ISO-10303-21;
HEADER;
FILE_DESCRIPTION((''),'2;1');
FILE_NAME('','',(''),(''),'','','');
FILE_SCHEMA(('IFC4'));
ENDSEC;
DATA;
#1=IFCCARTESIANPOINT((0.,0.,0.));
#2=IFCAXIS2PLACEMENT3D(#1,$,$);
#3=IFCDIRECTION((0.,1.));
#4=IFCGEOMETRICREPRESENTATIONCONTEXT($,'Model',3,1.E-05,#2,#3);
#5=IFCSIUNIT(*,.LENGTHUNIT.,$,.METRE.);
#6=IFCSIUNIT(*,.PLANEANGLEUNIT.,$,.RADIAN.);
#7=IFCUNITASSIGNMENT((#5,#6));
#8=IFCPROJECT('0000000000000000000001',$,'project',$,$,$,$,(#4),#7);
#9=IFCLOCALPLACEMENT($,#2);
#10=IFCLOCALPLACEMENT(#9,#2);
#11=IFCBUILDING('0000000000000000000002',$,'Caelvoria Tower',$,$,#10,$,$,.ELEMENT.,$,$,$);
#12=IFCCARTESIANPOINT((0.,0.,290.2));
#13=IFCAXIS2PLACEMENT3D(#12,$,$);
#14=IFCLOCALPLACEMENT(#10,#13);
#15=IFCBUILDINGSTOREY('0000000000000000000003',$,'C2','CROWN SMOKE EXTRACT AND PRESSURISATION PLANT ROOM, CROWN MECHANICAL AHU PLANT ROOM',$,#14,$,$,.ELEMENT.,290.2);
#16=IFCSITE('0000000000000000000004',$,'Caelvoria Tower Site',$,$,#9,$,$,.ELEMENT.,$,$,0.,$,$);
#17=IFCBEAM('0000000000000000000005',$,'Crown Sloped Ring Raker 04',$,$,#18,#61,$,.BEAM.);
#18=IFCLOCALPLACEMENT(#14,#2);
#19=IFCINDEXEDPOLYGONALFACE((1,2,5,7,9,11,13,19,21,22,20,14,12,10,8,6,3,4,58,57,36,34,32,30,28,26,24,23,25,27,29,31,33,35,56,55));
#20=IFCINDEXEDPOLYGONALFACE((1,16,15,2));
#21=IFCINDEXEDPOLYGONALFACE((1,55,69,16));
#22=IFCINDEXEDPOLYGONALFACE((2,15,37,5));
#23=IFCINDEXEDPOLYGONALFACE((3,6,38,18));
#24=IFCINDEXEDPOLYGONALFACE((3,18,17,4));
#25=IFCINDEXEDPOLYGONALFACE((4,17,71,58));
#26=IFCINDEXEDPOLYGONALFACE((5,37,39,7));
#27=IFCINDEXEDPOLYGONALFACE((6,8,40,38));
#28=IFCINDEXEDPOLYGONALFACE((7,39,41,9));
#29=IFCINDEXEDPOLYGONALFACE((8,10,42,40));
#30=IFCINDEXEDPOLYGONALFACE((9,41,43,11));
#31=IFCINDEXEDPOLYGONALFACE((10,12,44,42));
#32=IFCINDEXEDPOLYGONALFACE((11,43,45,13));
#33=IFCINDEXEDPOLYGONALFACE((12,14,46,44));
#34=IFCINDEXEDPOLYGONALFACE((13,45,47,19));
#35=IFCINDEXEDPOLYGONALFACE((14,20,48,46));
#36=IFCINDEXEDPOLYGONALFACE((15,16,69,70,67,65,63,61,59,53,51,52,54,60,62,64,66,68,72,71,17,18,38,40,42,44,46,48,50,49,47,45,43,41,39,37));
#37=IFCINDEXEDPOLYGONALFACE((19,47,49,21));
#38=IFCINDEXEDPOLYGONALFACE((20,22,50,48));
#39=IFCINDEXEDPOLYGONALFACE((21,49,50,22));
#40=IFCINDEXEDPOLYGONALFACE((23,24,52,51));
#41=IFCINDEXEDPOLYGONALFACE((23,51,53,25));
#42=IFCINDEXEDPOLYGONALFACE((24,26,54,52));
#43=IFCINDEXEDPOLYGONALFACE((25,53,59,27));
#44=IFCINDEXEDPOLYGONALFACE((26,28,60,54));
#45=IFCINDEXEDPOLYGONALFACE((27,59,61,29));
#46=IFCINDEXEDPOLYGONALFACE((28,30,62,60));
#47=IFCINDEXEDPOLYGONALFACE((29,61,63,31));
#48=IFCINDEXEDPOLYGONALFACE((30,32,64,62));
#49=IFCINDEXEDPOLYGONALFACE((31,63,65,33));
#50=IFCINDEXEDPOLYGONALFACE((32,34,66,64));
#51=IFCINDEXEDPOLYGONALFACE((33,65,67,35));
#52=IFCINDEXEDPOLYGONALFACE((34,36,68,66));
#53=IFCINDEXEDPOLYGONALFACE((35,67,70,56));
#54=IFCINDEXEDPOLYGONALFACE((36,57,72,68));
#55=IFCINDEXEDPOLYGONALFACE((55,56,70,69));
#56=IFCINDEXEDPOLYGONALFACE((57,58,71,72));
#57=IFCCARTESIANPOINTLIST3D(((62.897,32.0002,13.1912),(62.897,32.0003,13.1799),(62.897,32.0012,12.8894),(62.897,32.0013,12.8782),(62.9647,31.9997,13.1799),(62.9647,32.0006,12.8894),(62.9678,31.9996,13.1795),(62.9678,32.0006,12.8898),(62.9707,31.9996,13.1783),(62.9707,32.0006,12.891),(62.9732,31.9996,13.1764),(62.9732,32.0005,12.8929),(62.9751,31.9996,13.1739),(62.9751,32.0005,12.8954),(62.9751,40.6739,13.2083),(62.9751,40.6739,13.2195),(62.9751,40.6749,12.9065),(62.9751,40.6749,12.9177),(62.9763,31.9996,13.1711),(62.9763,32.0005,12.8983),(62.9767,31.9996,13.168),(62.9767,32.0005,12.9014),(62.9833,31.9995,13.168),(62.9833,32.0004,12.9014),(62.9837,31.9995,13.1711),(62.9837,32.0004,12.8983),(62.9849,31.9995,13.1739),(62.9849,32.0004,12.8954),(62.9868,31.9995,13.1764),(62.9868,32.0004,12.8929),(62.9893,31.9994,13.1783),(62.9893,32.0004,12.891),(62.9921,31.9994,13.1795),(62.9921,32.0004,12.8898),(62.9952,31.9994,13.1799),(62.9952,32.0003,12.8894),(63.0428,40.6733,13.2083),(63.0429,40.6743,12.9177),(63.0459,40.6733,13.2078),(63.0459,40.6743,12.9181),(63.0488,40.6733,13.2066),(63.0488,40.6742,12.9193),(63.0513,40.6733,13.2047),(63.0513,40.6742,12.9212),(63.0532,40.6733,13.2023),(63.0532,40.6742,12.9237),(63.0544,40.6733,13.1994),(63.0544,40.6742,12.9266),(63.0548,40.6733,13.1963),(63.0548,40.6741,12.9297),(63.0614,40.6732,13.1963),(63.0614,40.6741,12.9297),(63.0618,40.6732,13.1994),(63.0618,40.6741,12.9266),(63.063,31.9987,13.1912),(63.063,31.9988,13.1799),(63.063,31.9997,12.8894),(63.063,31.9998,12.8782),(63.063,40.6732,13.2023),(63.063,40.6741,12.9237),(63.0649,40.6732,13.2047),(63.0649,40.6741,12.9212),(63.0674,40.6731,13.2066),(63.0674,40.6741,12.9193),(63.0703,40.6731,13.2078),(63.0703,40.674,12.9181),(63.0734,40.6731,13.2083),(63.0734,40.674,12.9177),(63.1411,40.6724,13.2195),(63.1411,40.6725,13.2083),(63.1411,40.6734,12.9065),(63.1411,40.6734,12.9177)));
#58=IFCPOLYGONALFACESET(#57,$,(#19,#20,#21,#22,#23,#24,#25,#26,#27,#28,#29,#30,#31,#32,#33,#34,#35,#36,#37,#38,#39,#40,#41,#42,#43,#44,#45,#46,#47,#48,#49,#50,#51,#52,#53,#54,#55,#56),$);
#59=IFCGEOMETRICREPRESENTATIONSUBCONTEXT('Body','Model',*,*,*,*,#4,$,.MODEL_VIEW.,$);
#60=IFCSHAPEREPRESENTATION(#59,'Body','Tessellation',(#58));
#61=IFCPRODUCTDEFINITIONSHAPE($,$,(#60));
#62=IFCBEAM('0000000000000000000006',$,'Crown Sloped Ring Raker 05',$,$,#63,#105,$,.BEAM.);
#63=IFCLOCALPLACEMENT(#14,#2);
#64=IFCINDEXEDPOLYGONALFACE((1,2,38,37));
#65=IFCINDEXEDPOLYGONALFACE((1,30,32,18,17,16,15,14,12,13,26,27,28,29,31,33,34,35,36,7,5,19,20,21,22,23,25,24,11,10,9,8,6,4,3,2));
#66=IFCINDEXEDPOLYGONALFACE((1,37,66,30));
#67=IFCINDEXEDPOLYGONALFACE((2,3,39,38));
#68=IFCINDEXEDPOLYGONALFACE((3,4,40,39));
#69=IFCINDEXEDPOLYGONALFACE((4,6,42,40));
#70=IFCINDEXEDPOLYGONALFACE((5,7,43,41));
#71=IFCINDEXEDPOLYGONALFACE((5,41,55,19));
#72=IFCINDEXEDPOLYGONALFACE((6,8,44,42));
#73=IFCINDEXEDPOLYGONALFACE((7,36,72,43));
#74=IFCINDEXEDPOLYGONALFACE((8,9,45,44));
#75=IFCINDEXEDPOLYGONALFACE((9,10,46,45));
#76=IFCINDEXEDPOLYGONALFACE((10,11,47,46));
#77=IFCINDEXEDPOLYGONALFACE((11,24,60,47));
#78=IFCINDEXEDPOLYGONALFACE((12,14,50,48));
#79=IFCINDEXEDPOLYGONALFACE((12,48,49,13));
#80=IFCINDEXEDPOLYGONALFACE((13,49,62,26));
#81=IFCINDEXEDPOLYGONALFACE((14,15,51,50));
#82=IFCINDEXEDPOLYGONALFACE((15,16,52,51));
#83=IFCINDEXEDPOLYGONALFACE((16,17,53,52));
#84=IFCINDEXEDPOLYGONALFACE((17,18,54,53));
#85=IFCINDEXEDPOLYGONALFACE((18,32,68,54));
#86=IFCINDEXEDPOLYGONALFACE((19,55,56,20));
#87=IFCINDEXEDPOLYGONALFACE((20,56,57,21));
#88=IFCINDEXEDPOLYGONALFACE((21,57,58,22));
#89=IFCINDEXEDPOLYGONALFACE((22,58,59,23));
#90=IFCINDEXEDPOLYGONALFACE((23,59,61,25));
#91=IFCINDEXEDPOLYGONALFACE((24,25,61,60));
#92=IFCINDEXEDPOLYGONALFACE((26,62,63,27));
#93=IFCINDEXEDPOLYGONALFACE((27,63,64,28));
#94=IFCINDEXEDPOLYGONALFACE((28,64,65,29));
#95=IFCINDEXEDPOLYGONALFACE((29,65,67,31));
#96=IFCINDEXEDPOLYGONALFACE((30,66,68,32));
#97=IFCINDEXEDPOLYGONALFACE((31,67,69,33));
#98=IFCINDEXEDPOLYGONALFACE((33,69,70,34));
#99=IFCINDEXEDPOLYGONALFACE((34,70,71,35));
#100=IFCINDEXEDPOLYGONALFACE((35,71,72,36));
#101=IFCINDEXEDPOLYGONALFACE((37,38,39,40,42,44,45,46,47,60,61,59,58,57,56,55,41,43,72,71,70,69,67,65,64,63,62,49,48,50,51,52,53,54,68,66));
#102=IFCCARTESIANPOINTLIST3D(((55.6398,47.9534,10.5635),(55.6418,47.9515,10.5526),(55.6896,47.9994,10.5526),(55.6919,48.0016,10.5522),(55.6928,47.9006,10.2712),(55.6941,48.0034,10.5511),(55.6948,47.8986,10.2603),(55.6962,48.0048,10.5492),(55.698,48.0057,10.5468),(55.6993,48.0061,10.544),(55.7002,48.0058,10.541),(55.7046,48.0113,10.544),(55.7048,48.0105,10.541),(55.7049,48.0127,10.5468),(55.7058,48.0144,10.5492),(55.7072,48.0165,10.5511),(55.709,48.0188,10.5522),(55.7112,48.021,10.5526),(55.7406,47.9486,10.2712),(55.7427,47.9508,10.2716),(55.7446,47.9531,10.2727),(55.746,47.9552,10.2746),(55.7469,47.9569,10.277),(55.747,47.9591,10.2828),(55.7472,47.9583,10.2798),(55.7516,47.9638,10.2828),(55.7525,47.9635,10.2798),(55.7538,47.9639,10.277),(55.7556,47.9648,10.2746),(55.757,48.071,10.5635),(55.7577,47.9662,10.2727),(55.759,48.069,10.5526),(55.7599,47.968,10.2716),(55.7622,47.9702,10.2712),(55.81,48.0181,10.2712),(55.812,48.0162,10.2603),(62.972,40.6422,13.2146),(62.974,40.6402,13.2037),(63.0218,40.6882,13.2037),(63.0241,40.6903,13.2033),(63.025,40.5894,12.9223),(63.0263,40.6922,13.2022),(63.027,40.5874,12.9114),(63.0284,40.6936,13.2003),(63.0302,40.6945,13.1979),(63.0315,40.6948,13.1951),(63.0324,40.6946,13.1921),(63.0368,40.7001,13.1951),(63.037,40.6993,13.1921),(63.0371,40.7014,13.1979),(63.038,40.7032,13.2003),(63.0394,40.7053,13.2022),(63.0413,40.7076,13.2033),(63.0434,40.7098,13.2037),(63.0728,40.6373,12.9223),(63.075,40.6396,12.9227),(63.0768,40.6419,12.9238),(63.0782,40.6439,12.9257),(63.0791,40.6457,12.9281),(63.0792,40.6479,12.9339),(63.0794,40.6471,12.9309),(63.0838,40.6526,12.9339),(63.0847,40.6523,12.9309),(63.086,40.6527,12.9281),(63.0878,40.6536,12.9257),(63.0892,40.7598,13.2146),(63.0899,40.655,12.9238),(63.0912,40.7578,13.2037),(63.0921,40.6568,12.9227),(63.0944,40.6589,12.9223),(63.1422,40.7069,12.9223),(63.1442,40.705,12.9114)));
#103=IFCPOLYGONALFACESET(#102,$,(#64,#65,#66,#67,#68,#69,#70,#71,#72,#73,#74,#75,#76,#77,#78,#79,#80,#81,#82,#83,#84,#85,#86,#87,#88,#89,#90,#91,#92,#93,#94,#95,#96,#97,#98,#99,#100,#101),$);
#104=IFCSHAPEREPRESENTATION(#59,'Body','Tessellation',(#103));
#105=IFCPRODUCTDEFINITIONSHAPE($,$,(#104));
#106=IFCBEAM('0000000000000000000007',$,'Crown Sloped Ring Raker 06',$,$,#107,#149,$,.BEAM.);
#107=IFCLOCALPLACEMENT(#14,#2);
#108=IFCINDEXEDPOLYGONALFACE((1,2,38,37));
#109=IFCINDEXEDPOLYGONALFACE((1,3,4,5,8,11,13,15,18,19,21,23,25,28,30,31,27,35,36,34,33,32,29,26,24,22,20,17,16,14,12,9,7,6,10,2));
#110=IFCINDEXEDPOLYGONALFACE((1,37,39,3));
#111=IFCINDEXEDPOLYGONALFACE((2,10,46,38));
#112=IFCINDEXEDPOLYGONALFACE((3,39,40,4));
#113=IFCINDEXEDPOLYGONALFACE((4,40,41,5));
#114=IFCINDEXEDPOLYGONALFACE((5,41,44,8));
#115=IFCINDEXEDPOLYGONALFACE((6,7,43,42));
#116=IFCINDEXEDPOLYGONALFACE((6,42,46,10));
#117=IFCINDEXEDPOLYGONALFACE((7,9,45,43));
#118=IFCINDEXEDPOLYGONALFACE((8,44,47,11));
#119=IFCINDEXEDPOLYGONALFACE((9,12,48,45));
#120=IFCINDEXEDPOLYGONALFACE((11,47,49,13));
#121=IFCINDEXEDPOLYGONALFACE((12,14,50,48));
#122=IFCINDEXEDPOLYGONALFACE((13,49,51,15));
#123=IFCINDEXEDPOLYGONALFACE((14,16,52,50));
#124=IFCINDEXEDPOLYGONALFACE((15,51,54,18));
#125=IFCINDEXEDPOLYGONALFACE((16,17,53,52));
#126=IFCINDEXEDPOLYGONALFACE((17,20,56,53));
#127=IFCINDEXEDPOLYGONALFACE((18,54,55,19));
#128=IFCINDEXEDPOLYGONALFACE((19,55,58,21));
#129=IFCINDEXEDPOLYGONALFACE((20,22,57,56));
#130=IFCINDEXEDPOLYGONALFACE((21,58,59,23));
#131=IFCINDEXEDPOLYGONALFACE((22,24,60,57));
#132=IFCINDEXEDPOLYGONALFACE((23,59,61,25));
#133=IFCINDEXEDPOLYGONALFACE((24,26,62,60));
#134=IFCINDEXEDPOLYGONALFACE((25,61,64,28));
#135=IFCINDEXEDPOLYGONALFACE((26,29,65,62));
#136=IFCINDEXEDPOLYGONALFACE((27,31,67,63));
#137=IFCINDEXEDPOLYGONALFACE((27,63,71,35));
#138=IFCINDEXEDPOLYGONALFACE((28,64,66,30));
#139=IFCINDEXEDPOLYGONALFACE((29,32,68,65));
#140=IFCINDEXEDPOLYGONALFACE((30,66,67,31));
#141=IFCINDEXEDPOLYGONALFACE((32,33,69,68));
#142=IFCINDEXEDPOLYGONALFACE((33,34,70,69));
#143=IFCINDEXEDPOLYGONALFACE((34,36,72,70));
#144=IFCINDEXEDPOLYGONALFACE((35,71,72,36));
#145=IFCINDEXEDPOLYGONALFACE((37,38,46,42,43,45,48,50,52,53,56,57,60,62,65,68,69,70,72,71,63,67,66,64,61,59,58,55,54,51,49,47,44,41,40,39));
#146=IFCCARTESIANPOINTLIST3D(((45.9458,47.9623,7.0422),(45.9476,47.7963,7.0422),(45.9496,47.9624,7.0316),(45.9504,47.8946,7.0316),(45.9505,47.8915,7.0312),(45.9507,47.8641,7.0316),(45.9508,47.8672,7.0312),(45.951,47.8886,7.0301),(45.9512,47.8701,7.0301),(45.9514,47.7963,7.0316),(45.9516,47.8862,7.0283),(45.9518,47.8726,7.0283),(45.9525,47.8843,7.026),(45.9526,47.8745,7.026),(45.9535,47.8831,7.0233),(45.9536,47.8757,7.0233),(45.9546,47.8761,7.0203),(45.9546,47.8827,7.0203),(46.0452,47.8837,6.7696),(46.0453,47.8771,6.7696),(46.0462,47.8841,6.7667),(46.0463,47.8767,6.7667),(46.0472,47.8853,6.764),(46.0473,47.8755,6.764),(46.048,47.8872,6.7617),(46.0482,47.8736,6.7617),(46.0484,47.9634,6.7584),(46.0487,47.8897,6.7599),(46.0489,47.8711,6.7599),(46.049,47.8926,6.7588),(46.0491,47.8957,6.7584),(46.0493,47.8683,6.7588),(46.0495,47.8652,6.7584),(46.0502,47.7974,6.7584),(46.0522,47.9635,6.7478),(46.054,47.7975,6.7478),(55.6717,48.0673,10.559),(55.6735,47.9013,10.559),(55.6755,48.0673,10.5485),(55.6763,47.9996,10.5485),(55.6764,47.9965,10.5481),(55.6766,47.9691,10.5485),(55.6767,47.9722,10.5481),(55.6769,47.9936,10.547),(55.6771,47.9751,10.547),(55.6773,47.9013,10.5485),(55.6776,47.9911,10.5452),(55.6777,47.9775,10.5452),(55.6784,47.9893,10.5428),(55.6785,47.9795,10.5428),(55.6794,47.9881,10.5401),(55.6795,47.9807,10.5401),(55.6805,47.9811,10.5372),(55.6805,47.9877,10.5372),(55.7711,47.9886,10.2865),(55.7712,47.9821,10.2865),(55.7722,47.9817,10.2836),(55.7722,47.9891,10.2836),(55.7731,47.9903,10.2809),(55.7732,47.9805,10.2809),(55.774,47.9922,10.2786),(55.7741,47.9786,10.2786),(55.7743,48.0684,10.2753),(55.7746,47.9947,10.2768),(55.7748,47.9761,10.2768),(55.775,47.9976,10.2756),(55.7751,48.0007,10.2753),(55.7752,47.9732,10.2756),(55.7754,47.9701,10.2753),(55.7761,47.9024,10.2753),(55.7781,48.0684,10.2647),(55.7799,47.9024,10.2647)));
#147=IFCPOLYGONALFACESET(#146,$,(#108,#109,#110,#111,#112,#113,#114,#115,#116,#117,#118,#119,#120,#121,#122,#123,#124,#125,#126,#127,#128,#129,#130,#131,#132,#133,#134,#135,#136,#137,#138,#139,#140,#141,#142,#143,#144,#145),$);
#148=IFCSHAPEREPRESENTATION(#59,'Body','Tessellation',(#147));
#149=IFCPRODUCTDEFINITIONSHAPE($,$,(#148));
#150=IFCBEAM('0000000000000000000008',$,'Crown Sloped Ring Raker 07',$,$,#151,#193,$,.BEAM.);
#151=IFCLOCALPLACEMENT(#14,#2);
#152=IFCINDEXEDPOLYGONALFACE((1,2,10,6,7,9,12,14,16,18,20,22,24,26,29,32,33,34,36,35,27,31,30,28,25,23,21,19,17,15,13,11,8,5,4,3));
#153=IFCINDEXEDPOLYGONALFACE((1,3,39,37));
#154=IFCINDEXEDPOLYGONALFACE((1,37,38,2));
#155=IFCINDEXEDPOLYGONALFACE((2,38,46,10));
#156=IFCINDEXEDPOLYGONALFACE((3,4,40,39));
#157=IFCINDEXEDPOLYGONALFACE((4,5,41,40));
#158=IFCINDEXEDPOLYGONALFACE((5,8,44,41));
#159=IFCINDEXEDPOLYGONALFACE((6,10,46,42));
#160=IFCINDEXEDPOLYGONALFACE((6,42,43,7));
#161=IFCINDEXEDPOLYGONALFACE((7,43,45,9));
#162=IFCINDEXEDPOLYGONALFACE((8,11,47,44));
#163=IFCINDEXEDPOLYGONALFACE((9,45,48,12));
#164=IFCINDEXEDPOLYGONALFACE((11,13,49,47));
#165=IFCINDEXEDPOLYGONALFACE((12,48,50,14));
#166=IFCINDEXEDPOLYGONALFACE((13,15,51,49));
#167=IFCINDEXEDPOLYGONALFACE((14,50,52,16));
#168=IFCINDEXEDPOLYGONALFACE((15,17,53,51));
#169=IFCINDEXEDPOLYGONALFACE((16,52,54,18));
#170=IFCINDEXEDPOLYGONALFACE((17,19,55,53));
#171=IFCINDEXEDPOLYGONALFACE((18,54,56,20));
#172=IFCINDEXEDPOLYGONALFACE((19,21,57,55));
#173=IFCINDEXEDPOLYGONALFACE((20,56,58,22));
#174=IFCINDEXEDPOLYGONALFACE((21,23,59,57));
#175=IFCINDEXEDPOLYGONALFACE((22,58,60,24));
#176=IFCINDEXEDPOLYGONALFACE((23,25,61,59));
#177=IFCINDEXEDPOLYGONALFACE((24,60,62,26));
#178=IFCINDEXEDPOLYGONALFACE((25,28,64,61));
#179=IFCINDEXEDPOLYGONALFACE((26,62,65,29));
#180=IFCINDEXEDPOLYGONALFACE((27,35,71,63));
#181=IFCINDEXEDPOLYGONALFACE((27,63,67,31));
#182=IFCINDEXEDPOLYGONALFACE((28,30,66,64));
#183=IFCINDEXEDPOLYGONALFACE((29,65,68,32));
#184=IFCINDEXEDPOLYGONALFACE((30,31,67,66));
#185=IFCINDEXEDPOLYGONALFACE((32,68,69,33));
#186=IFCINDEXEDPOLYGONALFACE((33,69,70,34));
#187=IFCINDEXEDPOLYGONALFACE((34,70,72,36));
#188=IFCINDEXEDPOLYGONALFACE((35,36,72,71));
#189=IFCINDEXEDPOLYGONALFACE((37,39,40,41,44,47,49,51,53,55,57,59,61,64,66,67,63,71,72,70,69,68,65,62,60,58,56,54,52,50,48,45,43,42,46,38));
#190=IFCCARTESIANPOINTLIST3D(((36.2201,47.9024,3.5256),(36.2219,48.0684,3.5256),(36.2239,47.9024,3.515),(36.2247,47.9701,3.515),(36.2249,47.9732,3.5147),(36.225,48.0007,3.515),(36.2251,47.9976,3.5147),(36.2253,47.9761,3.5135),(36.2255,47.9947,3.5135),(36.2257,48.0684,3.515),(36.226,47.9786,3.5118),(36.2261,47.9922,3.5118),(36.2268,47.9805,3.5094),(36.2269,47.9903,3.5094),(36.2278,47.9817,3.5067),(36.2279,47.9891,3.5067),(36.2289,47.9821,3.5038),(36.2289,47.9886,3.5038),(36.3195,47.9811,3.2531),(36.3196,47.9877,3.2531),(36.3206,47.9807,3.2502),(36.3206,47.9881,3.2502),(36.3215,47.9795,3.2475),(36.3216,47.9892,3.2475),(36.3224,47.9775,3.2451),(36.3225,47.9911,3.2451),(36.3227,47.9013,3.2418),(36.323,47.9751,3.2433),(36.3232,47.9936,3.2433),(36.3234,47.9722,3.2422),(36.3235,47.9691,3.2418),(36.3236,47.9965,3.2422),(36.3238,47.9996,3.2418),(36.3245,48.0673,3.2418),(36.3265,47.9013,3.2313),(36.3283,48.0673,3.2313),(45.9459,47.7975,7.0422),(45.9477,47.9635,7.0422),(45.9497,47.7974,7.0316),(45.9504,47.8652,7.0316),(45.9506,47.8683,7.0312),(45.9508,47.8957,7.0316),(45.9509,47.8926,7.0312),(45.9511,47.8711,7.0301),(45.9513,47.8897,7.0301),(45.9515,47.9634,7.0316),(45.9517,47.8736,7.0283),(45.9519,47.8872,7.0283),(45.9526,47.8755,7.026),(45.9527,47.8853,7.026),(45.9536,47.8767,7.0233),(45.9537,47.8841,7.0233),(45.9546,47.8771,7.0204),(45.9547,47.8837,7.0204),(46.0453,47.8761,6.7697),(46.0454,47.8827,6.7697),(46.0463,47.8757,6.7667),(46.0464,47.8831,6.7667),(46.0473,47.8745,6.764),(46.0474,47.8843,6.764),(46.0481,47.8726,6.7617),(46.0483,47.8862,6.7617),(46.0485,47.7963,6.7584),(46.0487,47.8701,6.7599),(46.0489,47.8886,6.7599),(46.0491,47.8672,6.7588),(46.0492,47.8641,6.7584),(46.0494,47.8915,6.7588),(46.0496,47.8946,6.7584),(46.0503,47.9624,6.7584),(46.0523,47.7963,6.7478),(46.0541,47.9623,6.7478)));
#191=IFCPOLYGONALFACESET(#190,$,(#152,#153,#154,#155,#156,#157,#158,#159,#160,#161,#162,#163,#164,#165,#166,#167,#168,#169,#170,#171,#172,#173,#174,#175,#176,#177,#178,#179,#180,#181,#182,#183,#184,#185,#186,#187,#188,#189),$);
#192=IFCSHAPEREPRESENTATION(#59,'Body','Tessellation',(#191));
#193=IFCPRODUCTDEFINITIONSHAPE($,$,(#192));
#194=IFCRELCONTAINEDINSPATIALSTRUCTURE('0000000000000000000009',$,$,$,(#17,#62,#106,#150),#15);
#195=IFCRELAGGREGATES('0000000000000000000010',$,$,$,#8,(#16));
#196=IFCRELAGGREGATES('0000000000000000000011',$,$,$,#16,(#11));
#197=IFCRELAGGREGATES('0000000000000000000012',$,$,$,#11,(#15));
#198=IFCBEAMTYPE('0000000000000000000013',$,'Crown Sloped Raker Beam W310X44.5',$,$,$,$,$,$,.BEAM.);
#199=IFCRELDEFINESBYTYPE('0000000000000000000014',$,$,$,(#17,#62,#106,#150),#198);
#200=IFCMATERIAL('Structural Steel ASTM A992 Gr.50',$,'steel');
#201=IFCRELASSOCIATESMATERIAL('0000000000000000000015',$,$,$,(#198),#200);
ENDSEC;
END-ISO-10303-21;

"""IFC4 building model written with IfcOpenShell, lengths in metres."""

from ifc_helpers import new_model, si_unit, direction, frame, origin, origin_2d, place, context, subcontext, project, spatial, i_section, extrude, material, material_profile, profile_set, type_object, element, save


model = new_model("IFC4")

# Units and contexts
model_context = context("Model", 3, precision=1e-05, world=origin(), true_north=direction((0.0, 1.0)))
body_context = subcontext(model_context, "Body", "Model", "MODEL_VIEW")
ifc_project = project(units=[si_unit("LENGTHUNIT", "METRE"), si_unit("PLANEANGLEUNIT", "RADIAN")], contexts=[model_context])

# Site, building, storey
site_placement = place(None, origin())
site = spatial("IfcSite", under=ifc_project, at=site_placement, Name="Caelvoria Tower Site", CompositionType="ELEMENT", RefElevation=0.0)
building_placement = place(site_placement, origin())
building = spatial("IfcBuilding", under=site, at=building_placement, Name="Caelvoria Tower", CompositionType="ELEMENT")
storey_placement = place(building_placement, frame((0.0, 0.0, 290.2)))
storey = spatial("IfcBuildingStorey", under=building, at=storey_placement, Name="C2", Description="CROWN SMOKE EXTRACT AND PRESSURISATION PLANT ROOM, CROWN MECHANICAL AHU PLANT ROOM", CompositionType="ELEMENT", Elevation=290.2)

# Shared definitions
ifc_material_1 = material(Name="Structural Steel ASTM A992 Gr.50", Category="steel")

# Beams
ifc_material_profile_1 = material_profile(ifc_material_1, i_section(OverallWidth=0.166, OverallDepth=0.313, WebThickness=0.0066, FlangeThickness=0.0112, FilletRadius=0.012, at=origin_2d()), Name="Structural Steel ASTM A992 Gr.50")
ifc_profile_set_1 = profile_set([ifc_material_profile_1], Name="W310X44.5 - Structural Steel ASTM A992 Gr.50")
beam_type = type_object("IfcBeamType", Name="Crown Sloped Raker Beam W310X44.5", PredefinedType="BEAM", material=ifc_profile_set_1)
beam_1_placement = place(storey_placement, frame((62.98, 32.0, 13.0347), z_axis=(0.009007, 0.999954, 0.003265), x_axis=(-0.999959, 0.009007, 0.0)))
element("IfcBeam", 1, at=beam_1_placement, inside=storey, type_object=beam_type, Name="Crown Sloped Ring Raker 04", PredefinedType="BEAM", context=body_context, shape_type="SweptSolid", body=[
    extrude(i_section(OverallWidth=0.166, OverallDepth=0.313, WebThickness=0.0066, FlangeThickness=0.0112, FilletRadius=0.012, at=origin_2d()), origin(), (0.0, 0.0, 1.0), 8.6741),
])
beam_2_placement = place(storey_placement, frame((63.0581, 40.6736, 13.063), z_axis=(-0.685992, 0.684028, -0.248033), x_axis=(-0.706092, -0.70812, 0.0)))
element("IfcBeam", 2, at=beam_2_placement, inside=storey, type_object=beam_type, Name="Crown Sloped Ring Raker 05", PredefinedType="BEAM", context=body_context, shape_type="SweptSolid", body=[
    extrude(i_section(OverallWidth=0.166, OverallDepth=0.313, WebThickness=0.0066, FlangeThickness=0.0112, FilletRadius=0.012, at=origin_2d()), origin(), (0.0, 0.0, 1.0), 10.6885),
])
beam_3_placement = place(storey_placement, frame((55.7258, 47.9849, 10.4119), z_axis=(-0.940359, -0.01015, -0.340032), x_axis=(0.010793, -0.999942, 0.0)))
element("IfcBeam", 3, at=beam_3_placement, inside=storey, type_object=beam_type, Name="Crown Sloped Ring Raker 06", PredefinedType="BEAM", context=body_context, shape_type="SweptSolid", body=[
    extrude(i_section(OverallWidth=0.166, OverallDepth=0.313, WebThickness=0.0066, FlangeThickness=0.0112, FilletRadius=0.012, at=origin_2d()), origin(), (0.0, 0.0, 1.0), 10.3428),
])
beam_4_placement = place(storey_placement, frame((46.0, 47.8799, 6.895), z_axis=(-0.940366, 0.01015, -0.340012), x_axis=(-0.010793, -0.999942, 0.0)))
element("IfcBeam", 4, at=beam_4_placement, inside=storey, type_object=beam_type, Name="Crown Sloped Ring Raker 07", PredefinedType="BEAM", context=body_context, shape_type="SweptSolid", body=[
    extrude(i_section(OverallWidth=0.166, OverallDepth=0.313, WebThickness=0.0066, FlangeThickness=0.0112, FilletRadius=0.012, at=origin_2d()), origin(), (0.0, 0.0, 1.0), 10.3425),
])

save(model, "model.ifc")
